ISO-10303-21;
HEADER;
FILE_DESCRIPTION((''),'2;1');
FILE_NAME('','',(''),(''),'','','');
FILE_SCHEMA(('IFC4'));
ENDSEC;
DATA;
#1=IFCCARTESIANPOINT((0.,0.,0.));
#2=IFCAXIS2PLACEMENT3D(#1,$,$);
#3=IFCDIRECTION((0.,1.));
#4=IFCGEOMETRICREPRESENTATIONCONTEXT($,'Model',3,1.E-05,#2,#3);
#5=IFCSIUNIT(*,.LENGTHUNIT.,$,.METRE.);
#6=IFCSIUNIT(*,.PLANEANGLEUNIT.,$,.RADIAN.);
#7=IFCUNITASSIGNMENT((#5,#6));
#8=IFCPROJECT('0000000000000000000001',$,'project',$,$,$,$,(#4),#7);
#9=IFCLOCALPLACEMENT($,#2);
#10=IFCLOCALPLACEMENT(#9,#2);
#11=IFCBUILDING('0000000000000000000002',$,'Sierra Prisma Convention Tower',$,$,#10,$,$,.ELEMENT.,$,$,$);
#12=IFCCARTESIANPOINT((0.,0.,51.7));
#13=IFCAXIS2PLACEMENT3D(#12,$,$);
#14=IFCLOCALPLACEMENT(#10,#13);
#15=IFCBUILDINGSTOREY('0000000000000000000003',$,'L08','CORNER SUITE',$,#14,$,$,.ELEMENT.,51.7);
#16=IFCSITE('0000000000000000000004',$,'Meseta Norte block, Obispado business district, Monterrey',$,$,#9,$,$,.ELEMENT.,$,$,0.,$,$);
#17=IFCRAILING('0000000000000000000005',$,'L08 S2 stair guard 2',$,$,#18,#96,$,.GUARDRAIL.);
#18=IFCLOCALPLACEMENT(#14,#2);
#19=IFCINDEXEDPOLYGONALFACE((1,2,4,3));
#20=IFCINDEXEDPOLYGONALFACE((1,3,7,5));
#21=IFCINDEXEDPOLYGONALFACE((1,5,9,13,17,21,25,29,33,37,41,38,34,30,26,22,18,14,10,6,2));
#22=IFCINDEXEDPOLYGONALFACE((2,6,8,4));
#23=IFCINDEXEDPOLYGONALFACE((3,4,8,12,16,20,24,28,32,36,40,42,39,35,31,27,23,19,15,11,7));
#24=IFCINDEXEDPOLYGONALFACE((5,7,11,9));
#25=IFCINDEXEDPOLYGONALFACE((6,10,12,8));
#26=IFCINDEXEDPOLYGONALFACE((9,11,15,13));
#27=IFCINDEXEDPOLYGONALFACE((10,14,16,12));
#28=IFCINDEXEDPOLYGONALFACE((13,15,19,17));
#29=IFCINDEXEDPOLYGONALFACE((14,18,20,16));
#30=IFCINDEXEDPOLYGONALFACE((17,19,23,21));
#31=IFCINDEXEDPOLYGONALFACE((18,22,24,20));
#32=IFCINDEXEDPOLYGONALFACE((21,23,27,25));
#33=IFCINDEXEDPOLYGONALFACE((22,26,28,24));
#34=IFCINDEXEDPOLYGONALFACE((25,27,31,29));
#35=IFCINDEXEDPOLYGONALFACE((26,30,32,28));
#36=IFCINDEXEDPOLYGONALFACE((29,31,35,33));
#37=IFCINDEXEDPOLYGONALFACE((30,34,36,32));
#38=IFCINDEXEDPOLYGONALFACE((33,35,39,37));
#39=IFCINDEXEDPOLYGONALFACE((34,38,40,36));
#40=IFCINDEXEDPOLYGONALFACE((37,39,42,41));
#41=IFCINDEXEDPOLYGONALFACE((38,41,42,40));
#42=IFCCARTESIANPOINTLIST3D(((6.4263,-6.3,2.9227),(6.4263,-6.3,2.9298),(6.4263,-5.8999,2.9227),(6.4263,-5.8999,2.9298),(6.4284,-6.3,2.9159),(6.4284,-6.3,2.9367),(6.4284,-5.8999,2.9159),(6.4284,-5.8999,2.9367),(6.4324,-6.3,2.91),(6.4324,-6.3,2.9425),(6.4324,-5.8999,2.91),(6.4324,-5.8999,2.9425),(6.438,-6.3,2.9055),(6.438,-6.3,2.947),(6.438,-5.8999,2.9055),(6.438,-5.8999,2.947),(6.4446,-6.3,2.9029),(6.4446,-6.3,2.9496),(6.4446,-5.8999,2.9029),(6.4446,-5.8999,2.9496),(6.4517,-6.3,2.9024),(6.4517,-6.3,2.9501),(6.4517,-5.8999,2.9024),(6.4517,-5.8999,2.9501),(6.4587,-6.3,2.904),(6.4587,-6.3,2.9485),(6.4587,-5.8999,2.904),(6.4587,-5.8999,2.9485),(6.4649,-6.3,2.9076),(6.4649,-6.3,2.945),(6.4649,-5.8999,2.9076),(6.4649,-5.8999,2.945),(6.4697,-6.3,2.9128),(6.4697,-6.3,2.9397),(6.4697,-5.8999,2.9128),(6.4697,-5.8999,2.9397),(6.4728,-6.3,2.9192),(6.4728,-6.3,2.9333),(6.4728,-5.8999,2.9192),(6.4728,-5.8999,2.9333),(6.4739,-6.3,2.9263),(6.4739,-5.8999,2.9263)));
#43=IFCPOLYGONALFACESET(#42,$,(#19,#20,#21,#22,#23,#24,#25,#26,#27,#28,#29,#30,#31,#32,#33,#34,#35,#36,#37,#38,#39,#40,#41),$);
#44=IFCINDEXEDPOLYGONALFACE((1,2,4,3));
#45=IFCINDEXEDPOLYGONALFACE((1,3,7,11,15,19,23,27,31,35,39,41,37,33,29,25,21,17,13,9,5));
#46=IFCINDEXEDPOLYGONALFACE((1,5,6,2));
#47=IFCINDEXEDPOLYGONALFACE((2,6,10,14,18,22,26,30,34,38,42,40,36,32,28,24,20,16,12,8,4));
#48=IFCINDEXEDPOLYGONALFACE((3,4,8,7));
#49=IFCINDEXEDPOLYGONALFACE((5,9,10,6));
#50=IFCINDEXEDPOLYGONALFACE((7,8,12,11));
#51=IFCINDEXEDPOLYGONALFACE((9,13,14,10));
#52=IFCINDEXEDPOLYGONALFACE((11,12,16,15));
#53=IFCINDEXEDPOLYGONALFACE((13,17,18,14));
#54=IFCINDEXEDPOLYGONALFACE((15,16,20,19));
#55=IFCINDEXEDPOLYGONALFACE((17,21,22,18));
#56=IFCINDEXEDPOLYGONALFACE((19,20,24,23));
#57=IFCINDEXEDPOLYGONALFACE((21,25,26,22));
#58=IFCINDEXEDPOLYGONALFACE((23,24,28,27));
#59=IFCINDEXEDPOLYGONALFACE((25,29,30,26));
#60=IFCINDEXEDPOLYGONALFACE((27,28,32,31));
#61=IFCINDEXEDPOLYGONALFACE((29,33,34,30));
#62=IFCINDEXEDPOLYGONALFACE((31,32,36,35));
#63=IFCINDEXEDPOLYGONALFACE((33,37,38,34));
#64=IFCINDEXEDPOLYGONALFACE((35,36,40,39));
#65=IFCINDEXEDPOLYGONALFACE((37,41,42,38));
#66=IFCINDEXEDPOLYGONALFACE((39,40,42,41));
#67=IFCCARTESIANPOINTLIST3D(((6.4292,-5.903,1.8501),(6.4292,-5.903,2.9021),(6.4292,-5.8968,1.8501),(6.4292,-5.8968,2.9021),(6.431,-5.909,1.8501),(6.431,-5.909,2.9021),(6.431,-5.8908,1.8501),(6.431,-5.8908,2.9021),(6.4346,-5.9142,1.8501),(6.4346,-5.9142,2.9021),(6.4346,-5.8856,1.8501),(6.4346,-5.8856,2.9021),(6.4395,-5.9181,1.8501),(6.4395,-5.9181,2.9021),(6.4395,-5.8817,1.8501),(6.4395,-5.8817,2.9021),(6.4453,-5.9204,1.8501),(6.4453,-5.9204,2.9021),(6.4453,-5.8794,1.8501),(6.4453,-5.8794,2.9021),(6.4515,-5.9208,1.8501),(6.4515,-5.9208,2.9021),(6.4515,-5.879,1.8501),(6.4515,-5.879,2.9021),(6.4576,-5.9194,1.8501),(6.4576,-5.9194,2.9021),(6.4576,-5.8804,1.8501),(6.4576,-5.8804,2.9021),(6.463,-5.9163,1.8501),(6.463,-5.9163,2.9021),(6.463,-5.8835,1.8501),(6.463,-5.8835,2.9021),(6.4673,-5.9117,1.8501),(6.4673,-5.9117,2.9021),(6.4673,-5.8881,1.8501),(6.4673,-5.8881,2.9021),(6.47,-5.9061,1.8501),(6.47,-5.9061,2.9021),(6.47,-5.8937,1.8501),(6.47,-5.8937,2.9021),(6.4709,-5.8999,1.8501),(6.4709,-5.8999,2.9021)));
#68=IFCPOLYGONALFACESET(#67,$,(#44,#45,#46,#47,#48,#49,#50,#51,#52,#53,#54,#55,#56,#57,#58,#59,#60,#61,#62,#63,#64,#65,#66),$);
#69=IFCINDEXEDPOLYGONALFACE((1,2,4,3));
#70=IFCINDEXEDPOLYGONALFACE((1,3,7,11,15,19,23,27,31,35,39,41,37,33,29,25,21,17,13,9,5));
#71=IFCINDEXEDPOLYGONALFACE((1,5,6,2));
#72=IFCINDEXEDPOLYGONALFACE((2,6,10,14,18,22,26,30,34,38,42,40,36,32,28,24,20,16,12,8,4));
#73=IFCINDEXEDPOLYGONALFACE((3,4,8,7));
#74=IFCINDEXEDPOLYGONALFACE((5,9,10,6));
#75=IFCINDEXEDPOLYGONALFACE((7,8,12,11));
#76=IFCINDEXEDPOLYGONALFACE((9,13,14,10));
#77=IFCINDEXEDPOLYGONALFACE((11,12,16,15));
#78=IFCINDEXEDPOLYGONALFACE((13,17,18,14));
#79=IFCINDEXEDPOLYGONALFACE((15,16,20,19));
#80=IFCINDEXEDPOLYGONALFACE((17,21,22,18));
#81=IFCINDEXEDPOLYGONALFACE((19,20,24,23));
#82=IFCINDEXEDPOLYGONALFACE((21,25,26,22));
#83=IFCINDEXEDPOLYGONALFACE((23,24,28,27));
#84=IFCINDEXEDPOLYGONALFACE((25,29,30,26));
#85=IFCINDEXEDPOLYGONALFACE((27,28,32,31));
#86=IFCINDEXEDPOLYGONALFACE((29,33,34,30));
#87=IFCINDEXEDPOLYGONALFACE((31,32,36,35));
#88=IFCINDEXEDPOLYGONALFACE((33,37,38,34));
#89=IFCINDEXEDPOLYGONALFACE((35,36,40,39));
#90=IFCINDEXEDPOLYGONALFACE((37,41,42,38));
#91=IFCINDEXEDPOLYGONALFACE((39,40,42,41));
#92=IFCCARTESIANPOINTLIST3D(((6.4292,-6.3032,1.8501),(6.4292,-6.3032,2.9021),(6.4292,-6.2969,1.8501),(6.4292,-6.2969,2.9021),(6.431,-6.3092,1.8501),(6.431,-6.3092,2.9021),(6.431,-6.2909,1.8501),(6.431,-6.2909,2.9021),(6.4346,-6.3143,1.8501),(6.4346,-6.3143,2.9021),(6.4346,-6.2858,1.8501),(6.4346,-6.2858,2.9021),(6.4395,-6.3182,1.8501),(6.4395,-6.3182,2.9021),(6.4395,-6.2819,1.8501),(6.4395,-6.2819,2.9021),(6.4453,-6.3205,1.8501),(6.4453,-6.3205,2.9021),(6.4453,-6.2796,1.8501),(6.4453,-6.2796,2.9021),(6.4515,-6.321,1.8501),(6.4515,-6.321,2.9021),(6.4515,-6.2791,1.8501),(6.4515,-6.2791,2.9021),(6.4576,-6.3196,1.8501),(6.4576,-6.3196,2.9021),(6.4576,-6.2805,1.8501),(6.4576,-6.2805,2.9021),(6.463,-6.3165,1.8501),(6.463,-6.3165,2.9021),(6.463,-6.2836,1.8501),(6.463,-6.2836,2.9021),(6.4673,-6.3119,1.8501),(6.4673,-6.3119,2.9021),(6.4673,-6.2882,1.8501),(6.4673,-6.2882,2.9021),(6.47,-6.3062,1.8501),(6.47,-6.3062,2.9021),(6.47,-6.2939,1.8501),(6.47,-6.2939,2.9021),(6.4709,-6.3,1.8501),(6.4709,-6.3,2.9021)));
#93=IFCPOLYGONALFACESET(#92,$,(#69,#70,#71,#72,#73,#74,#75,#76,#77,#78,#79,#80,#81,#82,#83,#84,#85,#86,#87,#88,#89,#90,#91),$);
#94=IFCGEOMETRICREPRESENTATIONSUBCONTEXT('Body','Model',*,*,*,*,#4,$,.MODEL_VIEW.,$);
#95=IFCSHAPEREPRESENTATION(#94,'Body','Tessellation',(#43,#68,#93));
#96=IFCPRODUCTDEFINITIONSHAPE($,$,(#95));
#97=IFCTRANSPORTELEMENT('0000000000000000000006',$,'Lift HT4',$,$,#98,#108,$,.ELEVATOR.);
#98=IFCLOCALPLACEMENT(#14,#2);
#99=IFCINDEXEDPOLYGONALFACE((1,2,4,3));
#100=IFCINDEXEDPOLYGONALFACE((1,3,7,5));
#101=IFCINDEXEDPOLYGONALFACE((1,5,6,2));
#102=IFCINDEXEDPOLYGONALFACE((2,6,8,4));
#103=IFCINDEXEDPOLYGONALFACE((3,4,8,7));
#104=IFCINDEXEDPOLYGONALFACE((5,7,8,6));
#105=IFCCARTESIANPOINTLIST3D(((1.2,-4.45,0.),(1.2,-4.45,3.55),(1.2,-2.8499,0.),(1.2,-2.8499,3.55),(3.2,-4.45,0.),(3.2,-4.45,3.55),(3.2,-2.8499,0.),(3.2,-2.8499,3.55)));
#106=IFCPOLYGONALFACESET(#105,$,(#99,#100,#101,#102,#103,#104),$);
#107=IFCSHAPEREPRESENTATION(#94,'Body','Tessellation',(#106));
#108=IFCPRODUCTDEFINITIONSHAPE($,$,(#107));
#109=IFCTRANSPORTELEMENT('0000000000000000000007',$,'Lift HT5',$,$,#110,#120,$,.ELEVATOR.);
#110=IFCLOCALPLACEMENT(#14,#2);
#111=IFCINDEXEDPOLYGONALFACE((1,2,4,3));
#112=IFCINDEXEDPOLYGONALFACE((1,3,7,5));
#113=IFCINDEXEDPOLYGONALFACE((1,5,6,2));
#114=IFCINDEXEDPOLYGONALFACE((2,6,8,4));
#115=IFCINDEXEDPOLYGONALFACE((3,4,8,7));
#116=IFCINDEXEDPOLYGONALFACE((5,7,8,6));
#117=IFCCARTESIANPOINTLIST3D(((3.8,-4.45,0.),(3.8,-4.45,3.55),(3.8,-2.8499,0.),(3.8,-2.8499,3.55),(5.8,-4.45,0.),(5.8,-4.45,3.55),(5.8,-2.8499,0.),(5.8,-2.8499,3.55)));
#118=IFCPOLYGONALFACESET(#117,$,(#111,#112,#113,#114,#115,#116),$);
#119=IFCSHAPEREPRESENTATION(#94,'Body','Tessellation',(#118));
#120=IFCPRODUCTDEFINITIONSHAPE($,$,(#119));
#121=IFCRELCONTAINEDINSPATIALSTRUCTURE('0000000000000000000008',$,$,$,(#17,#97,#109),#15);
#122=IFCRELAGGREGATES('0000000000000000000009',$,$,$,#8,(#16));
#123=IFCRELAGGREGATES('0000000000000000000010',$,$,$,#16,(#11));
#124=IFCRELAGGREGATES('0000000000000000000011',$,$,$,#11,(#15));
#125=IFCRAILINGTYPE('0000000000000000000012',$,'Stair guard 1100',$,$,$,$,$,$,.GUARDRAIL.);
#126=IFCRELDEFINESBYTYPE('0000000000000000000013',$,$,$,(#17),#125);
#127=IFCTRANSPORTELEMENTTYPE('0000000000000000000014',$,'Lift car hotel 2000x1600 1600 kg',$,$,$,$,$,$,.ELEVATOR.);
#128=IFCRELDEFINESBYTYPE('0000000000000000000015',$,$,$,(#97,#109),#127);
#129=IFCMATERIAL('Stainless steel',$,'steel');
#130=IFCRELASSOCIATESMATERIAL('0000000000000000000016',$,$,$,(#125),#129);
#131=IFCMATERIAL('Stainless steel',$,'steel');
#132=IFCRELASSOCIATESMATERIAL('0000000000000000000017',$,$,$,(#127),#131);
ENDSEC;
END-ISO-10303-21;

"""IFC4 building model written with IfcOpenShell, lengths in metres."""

from ifc_helpers import new_model, si_unit, direction, frame, origin, origin_2d, place, context, subcontext, project, spatial, rectangle, circle, extrude, material, type_object, element, save


model = new_model("IFC4")

# Units and contexts
model_context = context("Model", 3, precision=1e-05, world=origin(), true_north=direction((0.0, 1.0)))
body_context = subcontext(model_context, "Body", "Model", "MODEL_VIEW")
ifc_project = project(units=[si_unit("LENGTHUNIT", "METRE"), si_unit("PLANEANGLEUNIT", "RADIAN")], contexts=[model_context])

# Site, building, storey
site_placement = place(None, origin())
site = spatial("IfcSite", under=ifc_project, at=site_placement, Name="Meseta Norte block, Obispado business district, Monterrey", CompositionType="ELEMENT", RefElevation=0.0)
building_placement = place(site_placement, origin())
building = spatial("IfcBuilding", under=site, at=building_placement, Name="Sierra Prisma Convention Tower", CompositionType="ELEMENT")
storey_placement = place(building_placement, frame((0.0, 0.0, 51.7)))
storey = spatial("IfcBuildingStorey", under=building, at=storey_placement, Name="L08", Description="CORNER SUITE", CompositionType="ELEMENT", Elevation=51.7)

# Railing
ifc_material_1 = material(Name="Stainless steel", Category="steel")
railing_type_1 = type_object("IfcRailingType", Name="Stair guard 1100", PredefinedType="GUARDRAIL", material=ifc_material_1)
railing_1_placement = place(storey_placement, frame((6.45, -5.8999, 1.8501)))
element("IfcRailing", 1, at=railing_1_placement, inside=storey, type_object=railing_type_1, Name="L08 S2 stair guard 2", PredefinedType="GUARDRAIL", context=body_context, shape_type="SweptSolid", body=[
    extrude(circle(Radius=0.0239, at=origin_2d()), frame((0.0, 0.0, 1.0762), z_axis=(0.0, -1.0, 0.0), x_axis=(1.0, 0.0, 0.0)), (0.0, 0.0, 1.0), 0.4001),
    extrude(circle(Radius=0.021, at=origin_2d()), origin(), (0.0, 0.0, 1.0), 1.052),
    extrude(circle(Radius=0.021, at=origin_2d()), frame((0.0, -0.4001, 0.0)), (0.0, 0.0, 1.0), 1.052),
])

# Transport elements
ifc_material_2 = material(Name="Stainless steel", Category="steel")
transport_element_type = type_object("IfcTransportElementType", Name="Lift car hotel 2000x1600 1600 kg", PredefinedType="ELEVATOR", material=ifc_material_2)
for number, where, z_axis, x_axis, name in (
    (2, (2.2, -3.6499, 0.0), (0.0, 0.0, 1.0), (1.0, 0.0, 0.0), "Lift HT4"),
    (3, (4.8, -3.6499, 0.0), (0.0, 0.0, 1.0), (1.0, 0.0, 0.0), "Lift HT5"),
):
    element("IfcTransportElement", number, at=place(storey_placement, frame(where, z_axis=z_axis, x_axis=x_axis)), inside=storey, type_object=transport_element_type, Name=name, PredefinedType="ELEVATOR", context=body_context, shape_type="SweptSolid", body=[
        extrude(rectangle(XDim=2.0, YDim=1.6001, at=origin_2d()), origin(), (0.0, 0.0, 1.0), 3.55),
    ])

save(model, "model.ifc")
